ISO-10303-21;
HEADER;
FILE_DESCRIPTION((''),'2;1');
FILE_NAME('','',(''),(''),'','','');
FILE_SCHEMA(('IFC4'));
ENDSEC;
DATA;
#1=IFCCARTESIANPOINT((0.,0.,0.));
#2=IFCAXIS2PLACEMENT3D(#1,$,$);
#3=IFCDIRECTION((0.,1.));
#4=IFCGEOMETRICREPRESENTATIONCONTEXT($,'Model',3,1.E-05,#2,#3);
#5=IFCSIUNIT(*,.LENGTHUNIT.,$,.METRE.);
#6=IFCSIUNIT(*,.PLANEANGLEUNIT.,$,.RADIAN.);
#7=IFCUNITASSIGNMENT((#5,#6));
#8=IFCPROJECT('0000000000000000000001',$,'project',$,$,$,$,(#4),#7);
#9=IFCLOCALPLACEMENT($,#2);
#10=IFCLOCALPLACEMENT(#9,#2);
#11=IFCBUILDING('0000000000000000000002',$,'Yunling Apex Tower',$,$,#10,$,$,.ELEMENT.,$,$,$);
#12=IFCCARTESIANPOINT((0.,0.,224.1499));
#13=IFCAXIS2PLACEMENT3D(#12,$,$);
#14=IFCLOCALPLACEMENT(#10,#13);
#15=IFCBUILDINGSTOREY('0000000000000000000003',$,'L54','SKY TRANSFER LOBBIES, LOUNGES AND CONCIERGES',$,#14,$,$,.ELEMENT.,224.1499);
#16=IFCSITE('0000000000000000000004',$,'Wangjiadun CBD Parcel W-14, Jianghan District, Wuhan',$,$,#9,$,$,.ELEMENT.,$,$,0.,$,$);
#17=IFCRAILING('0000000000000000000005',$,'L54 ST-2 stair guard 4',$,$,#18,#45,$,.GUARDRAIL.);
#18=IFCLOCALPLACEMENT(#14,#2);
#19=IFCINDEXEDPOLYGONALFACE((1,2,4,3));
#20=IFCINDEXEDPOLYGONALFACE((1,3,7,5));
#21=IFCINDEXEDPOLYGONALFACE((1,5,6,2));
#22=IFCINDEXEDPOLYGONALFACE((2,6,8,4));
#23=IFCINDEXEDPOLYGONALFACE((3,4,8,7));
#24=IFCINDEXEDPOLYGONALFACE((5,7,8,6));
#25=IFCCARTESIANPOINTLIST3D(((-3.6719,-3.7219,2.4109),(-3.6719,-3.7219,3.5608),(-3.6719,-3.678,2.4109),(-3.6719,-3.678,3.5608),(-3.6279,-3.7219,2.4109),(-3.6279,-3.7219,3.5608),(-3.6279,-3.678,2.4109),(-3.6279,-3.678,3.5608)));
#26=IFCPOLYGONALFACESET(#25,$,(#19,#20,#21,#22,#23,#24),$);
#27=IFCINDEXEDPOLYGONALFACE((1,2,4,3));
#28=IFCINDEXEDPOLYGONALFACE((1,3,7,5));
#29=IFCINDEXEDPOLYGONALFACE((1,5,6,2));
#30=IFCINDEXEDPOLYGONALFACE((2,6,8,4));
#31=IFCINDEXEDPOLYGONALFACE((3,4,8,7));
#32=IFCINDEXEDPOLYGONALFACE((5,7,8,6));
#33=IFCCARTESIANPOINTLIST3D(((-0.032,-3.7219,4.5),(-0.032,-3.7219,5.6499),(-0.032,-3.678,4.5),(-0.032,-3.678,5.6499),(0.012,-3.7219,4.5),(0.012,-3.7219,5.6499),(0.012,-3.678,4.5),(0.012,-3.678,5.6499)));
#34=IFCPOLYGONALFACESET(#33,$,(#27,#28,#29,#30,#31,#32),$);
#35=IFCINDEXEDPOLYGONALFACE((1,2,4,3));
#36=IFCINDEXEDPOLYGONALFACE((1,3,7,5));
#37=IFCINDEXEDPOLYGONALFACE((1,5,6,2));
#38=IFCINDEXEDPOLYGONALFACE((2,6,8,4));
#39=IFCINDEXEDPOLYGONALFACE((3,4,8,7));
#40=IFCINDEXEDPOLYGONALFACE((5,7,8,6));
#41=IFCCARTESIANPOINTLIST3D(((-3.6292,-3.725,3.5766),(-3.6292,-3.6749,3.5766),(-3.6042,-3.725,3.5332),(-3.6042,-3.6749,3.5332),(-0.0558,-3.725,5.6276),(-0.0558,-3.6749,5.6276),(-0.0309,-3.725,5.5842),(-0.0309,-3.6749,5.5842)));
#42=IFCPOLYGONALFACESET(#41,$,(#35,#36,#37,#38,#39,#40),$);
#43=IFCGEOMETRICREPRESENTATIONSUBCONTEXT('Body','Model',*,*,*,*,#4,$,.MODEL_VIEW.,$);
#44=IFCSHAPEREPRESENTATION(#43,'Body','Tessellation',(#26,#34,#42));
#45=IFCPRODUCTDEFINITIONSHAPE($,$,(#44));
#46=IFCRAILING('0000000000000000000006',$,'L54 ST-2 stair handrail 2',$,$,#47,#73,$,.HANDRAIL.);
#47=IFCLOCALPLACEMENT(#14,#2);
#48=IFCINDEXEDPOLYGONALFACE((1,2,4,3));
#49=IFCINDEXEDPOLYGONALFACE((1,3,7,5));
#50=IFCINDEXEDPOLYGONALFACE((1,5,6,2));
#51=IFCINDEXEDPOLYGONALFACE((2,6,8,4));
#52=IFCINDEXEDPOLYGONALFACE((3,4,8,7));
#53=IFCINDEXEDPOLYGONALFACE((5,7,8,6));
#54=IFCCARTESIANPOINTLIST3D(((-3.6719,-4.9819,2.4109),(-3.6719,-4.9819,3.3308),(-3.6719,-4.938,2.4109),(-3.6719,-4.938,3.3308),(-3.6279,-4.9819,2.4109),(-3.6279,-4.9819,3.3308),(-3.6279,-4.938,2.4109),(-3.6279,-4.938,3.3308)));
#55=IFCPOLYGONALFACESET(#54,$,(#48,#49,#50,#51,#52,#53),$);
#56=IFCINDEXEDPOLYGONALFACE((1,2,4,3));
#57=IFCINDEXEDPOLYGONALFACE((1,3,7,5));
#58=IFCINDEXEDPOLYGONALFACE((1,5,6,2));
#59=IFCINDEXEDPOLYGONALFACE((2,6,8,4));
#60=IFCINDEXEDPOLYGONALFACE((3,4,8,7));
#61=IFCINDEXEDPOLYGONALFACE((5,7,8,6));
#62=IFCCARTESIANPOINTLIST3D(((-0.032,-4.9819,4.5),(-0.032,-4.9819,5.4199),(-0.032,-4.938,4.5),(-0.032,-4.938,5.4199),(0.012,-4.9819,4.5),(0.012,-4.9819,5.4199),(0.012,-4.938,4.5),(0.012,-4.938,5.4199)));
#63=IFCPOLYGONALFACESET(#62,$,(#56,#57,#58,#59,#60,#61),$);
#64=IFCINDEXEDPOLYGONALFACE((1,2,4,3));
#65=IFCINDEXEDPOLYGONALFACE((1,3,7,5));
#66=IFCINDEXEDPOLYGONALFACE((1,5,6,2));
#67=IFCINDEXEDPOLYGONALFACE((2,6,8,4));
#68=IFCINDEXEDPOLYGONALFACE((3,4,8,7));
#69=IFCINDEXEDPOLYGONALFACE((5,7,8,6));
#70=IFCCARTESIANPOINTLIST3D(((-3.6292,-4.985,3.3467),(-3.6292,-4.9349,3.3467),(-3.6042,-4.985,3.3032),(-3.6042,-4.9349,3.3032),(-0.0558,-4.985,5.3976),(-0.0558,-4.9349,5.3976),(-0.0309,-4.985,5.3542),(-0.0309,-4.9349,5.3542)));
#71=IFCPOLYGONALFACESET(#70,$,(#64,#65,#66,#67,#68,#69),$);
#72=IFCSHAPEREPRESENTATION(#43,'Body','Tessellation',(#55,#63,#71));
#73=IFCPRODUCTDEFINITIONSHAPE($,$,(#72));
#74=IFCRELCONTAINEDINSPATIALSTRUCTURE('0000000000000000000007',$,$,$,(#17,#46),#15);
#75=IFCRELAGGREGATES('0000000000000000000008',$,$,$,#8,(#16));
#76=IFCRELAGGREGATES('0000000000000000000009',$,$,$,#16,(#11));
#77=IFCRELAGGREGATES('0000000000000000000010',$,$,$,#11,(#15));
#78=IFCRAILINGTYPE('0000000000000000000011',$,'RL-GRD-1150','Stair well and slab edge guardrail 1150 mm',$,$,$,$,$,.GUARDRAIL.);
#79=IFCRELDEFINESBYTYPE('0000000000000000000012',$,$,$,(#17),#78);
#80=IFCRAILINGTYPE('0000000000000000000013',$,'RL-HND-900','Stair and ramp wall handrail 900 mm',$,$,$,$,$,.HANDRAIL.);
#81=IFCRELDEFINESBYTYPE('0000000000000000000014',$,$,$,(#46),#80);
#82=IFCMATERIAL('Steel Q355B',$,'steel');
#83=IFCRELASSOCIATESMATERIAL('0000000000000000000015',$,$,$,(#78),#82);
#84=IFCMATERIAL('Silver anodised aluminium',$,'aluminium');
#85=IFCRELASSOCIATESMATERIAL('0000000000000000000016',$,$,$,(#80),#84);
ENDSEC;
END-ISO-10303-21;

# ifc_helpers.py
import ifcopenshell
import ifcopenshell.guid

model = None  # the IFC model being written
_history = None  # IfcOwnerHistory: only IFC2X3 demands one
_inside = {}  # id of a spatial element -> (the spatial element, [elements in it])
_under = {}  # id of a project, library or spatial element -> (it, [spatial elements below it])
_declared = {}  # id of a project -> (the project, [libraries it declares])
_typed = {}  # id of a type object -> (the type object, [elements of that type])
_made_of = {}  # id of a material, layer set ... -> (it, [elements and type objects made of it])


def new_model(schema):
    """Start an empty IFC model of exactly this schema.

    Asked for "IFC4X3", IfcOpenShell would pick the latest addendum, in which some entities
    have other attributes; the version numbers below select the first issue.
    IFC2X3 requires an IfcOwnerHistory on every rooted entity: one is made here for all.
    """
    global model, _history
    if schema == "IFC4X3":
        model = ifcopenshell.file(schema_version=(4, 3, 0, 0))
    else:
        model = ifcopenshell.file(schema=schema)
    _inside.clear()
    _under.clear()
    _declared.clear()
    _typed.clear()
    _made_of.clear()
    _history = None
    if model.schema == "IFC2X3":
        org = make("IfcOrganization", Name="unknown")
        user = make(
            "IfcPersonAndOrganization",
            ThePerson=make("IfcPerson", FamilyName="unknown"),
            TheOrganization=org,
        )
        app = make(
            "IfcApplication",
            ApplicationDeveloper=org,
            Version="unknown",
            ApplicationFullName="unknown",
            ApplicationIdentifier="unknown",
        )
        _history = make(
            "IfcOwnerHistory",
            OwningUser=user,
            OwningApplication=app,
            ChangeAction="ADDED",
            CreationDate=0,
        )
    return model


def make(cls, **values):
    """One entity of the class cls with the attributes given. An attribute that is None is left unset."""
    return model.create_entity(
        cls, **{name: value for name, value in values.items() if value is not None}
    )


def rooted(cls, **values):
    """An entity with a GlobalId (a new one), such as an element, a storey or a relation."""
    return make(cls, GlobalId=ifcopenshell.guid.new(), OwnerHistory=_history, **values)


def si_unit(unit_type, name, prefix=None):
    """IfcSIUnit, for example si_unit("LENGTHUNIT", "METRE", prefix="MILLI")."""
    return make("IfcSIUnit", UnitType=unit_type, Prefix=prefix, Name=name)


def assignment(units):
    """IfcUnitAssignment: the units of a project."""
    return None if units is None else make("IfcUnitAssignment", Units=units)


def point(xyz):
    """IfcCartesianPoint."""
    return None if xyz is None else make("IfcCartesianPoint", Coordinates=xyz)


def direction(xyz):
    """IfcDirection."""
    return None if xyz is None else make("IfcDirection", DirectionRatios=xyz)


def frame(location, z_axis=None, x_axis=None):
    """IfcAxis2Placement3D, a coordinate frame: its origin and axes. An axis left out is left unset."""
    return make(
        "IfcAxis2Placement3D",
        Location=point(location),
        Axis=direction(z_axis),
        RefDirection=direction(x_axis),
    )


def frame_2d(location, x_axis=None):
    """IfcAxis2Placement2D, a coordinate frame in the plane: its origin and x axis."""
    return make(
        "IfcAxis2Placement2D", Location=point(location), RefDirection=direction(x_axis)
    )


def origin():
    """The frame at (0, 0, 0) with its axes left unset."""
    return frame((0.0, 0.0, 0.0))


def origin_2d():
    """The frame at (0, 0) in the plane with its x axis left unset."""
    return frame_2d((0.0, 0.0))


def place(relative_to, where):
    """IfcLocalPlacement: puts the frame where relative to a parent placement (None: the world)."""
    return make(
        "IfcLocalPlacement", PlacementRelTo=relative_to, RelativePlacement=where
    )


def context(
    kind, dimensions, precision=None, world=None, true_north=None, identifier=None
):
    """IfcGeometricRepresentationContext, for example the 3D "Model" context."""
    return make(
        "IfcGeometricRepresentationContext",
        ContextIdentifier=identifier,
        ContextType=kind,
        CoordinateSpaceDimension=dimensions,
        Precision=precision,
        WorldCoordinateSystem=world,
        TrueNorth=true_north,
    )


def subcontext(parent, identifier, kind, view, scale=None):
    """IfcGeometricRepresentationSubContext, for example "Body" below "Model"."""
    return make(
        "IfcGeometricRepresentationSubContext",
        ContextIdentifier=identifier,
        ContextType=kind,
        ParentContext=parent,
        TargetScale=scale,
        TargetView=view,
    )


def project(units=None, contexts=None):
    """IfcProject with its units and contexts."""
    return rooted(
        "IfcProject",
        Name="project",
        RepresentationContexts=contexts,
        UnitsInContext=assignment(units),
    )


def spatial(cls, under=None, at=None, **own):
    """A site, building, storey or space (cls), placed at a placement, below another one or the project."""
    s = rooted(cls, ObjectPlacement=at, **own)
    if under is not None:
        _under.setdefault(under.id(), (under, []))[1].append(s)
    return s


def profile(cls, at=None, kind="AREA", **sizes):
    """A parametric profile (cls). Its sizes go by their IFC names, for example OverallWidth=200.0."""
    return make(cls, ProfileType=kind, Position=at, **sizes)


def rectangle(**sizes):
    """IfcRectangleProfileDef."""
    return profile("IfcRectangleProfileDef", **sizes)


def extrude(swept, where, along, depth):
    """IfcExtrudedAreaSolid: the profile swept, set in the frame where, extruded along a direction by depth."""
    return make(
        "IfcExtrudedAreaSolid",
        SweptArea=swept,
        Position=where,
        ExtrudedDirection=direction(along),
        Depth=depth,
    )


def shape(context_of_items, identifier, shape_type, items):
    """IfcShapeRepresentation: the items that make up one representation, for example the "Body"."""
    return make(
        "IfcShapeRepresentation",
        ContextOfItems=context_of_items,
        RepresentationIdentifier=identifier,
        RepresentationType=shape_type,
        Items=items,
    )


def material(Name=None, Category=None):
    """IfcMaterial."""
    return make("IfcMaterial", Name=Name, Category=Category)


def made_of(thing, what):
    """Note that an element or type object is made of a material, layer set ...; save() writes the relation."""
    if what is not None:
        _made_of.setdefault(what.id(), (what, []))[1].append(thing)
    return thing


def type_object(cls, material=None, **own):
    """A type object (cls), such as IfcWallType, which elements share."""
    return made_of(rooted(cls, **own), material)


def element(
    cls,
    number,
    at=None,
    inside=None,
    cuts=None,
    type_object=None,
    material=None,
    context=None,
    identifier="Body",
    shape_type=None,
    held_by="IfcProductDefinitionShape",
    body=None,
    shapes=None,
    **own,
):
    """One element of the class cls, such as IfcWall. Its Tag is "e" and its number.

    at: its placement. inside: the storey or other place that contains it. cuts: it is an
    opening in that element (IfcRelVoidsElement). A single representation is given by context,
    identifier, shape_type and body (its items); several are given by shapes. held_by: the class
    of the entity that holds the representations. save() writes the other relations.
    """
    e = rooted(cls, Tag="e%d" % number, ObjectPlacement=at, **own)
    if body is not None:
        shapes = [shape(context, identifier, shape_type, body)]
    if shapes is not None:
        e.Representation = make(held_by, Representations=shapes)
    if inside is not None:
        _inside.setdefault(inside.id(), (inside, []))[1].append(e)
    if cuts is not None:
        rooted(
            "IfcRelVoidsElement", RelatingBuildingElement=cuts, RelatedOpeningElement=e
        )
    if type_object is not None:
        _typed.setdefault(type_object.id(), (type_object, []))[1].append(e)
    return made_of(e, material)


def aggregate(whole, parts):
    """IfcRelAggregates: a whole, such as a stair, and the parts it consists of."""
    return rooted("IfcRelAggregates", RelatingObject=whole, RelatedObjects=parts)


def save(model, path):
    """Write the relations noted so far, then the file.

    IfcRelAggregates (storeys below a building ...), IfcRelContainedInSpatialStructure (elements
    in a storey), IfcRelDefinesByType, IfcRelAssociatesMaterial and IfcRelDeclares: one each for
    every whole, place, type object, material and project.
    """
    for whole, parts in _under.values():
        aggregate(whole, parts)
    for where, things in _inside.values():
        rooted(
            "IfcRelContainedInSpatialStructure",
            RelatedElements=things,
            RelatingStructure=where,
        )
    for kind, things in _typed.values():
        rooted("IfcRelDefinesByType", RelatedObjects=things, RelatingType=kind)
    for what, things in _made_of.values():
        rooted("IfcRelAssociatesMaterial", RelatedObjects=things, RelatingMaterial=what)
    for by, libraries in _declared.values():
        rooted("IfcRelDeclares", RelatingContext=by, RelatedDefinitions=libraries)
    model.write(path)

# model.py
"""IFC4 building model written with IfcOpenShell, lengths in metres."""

from ifc_helpers import new_model, si_unit, direction, frame, origin, origin_2d, place, context, subcontext, project, spatial, rectangle, extrude, material, type_object, element, save


model = new_model("IFC4")

# Units and contexts
model_context = context("Model", 3, precision=1e-05, world=origin(), true_north=direction((0.0, 1.0)))
body_context = subcontext(model_context, "Body", "Model", "MODEL_VIEW")
ifc_project = project(units=[si_unit("LENGTHUNIT", "METRE"), si_unit("PLANEANGLEUNIT", "RADIAN")], contexts=[model_context])

# Site, building, storey
site_placement = place(None, origin())
site = spatial("IfcSite", under=ifc_project, at=site_placement, Name="Wangjiadun CBD Parcel W-14, Jianghan District, Wuhan", CompositionType="ELEMENT", RefElevation=0.0)
building_placement = place(site_placement, origin())
building = spatial("IfcBuilding", under=site, at=building_placement, Name="Yunling Apex Tower", CompositionType="ELEMENT")
storey_placement = place(building_placement, frame((0.0, 0.0, 224.1499)))
storey = spatial("IfcBuildingStorey", under=building, at=storey_placement, Name="L54", Description="SKY TRANSFER LOBBIES, LOUNGES AND CONCIERGES", CompositionType="ELEMENT", Elevation=224.1499)

# Shared definitions
ifc_material_1 = material(Name="Steel Q355B", Category="steel")

# Shared definitions
ifc_material_2 = material(Name="Silver anodised aluminium", Category="aluminium")

# Railings
railing_type_1 = type_object("IfcRailingType", Name="RL-GRD-1150", Description="Stair well and slab edge guardrail 1150 mm", PredefinedType="GUARDRAIL", material=ifc_material_1)
railing_1_placement = place(storey_placement, frame((-3.6499, -3.7, 2.4109)))
element("IfcRailing", 1, at=railing_1_placement, inside=storey, type_object=railing_type_1, Name="L54 ST-2 stair guard 4", PredefinedType="GUARDRAIL", context=body_context, shape_type="SweptSolid", body=[
    extrude(rectangle(XDim=0.0439, YDim=0.0439, at=origin_2d()), origin(), (0.0, 0.0, 1.0), 1.1499),
    extrude(rectangle(XDim=0.0439, YDim=0.0439, at=origin_2d()), frame((3.6399, 0.0, 2.0891)), (0.0, 0.0, 1.0), 1.1499),
    extrude(rectangle(XDim=0.05, YDim=0.05, at=origin_2d()), frame((0.0332, 0.0, 1.144), z_axis=(0.8673, 0.0, 0.497786), x_axis=(0.0, 1.0, 0.0)), (0.0, 0.0, 1.0), 4.1201),
])
railing_type_2 = type_object("IfcRailingType", Name="RL-HND-900", Description="Stair and ramp wall handrail 900 mm", PredefinedType="HANDRAIL", material=ifc_material_2)
railing_2_placement = place(storey_placement, frame((-3.6499, -4.96, 2.4109)))
element("IfcRailing", 2, at=railing_2_placement, inside=storey, type_object=railing_type_2, Name="L54 ST-2 stair handrail 2", PredefinedType="HANDRAIL", context=body_context, shape_type="SweptSolid", body=[
    extrude(rectangle(XDim=0.0439, YDim=0.0439, at=origin_2d()), origin(), (0.0, 0.0, 1.0), 0.9199),
    extrude(rectangle(XDim=0.0439, YDim=0.0439, at=origin_2d()), frame((3.6399, 0.0, 2.0891)), (0.0, 0.0, 1.0), 0.9199),
    extrude(rectangle(XDim=0.05, YDim=0.05, at=origin_2d()), frame((0.0332, 0.0, 0.9141), z_axis=(0.8673, 0.0, 0.497786), x_axis=(0.0, 1.0, 0.0)), (0.0, 0.0, 1.0), 4.1201),
])

save(model, "model.ifc")
